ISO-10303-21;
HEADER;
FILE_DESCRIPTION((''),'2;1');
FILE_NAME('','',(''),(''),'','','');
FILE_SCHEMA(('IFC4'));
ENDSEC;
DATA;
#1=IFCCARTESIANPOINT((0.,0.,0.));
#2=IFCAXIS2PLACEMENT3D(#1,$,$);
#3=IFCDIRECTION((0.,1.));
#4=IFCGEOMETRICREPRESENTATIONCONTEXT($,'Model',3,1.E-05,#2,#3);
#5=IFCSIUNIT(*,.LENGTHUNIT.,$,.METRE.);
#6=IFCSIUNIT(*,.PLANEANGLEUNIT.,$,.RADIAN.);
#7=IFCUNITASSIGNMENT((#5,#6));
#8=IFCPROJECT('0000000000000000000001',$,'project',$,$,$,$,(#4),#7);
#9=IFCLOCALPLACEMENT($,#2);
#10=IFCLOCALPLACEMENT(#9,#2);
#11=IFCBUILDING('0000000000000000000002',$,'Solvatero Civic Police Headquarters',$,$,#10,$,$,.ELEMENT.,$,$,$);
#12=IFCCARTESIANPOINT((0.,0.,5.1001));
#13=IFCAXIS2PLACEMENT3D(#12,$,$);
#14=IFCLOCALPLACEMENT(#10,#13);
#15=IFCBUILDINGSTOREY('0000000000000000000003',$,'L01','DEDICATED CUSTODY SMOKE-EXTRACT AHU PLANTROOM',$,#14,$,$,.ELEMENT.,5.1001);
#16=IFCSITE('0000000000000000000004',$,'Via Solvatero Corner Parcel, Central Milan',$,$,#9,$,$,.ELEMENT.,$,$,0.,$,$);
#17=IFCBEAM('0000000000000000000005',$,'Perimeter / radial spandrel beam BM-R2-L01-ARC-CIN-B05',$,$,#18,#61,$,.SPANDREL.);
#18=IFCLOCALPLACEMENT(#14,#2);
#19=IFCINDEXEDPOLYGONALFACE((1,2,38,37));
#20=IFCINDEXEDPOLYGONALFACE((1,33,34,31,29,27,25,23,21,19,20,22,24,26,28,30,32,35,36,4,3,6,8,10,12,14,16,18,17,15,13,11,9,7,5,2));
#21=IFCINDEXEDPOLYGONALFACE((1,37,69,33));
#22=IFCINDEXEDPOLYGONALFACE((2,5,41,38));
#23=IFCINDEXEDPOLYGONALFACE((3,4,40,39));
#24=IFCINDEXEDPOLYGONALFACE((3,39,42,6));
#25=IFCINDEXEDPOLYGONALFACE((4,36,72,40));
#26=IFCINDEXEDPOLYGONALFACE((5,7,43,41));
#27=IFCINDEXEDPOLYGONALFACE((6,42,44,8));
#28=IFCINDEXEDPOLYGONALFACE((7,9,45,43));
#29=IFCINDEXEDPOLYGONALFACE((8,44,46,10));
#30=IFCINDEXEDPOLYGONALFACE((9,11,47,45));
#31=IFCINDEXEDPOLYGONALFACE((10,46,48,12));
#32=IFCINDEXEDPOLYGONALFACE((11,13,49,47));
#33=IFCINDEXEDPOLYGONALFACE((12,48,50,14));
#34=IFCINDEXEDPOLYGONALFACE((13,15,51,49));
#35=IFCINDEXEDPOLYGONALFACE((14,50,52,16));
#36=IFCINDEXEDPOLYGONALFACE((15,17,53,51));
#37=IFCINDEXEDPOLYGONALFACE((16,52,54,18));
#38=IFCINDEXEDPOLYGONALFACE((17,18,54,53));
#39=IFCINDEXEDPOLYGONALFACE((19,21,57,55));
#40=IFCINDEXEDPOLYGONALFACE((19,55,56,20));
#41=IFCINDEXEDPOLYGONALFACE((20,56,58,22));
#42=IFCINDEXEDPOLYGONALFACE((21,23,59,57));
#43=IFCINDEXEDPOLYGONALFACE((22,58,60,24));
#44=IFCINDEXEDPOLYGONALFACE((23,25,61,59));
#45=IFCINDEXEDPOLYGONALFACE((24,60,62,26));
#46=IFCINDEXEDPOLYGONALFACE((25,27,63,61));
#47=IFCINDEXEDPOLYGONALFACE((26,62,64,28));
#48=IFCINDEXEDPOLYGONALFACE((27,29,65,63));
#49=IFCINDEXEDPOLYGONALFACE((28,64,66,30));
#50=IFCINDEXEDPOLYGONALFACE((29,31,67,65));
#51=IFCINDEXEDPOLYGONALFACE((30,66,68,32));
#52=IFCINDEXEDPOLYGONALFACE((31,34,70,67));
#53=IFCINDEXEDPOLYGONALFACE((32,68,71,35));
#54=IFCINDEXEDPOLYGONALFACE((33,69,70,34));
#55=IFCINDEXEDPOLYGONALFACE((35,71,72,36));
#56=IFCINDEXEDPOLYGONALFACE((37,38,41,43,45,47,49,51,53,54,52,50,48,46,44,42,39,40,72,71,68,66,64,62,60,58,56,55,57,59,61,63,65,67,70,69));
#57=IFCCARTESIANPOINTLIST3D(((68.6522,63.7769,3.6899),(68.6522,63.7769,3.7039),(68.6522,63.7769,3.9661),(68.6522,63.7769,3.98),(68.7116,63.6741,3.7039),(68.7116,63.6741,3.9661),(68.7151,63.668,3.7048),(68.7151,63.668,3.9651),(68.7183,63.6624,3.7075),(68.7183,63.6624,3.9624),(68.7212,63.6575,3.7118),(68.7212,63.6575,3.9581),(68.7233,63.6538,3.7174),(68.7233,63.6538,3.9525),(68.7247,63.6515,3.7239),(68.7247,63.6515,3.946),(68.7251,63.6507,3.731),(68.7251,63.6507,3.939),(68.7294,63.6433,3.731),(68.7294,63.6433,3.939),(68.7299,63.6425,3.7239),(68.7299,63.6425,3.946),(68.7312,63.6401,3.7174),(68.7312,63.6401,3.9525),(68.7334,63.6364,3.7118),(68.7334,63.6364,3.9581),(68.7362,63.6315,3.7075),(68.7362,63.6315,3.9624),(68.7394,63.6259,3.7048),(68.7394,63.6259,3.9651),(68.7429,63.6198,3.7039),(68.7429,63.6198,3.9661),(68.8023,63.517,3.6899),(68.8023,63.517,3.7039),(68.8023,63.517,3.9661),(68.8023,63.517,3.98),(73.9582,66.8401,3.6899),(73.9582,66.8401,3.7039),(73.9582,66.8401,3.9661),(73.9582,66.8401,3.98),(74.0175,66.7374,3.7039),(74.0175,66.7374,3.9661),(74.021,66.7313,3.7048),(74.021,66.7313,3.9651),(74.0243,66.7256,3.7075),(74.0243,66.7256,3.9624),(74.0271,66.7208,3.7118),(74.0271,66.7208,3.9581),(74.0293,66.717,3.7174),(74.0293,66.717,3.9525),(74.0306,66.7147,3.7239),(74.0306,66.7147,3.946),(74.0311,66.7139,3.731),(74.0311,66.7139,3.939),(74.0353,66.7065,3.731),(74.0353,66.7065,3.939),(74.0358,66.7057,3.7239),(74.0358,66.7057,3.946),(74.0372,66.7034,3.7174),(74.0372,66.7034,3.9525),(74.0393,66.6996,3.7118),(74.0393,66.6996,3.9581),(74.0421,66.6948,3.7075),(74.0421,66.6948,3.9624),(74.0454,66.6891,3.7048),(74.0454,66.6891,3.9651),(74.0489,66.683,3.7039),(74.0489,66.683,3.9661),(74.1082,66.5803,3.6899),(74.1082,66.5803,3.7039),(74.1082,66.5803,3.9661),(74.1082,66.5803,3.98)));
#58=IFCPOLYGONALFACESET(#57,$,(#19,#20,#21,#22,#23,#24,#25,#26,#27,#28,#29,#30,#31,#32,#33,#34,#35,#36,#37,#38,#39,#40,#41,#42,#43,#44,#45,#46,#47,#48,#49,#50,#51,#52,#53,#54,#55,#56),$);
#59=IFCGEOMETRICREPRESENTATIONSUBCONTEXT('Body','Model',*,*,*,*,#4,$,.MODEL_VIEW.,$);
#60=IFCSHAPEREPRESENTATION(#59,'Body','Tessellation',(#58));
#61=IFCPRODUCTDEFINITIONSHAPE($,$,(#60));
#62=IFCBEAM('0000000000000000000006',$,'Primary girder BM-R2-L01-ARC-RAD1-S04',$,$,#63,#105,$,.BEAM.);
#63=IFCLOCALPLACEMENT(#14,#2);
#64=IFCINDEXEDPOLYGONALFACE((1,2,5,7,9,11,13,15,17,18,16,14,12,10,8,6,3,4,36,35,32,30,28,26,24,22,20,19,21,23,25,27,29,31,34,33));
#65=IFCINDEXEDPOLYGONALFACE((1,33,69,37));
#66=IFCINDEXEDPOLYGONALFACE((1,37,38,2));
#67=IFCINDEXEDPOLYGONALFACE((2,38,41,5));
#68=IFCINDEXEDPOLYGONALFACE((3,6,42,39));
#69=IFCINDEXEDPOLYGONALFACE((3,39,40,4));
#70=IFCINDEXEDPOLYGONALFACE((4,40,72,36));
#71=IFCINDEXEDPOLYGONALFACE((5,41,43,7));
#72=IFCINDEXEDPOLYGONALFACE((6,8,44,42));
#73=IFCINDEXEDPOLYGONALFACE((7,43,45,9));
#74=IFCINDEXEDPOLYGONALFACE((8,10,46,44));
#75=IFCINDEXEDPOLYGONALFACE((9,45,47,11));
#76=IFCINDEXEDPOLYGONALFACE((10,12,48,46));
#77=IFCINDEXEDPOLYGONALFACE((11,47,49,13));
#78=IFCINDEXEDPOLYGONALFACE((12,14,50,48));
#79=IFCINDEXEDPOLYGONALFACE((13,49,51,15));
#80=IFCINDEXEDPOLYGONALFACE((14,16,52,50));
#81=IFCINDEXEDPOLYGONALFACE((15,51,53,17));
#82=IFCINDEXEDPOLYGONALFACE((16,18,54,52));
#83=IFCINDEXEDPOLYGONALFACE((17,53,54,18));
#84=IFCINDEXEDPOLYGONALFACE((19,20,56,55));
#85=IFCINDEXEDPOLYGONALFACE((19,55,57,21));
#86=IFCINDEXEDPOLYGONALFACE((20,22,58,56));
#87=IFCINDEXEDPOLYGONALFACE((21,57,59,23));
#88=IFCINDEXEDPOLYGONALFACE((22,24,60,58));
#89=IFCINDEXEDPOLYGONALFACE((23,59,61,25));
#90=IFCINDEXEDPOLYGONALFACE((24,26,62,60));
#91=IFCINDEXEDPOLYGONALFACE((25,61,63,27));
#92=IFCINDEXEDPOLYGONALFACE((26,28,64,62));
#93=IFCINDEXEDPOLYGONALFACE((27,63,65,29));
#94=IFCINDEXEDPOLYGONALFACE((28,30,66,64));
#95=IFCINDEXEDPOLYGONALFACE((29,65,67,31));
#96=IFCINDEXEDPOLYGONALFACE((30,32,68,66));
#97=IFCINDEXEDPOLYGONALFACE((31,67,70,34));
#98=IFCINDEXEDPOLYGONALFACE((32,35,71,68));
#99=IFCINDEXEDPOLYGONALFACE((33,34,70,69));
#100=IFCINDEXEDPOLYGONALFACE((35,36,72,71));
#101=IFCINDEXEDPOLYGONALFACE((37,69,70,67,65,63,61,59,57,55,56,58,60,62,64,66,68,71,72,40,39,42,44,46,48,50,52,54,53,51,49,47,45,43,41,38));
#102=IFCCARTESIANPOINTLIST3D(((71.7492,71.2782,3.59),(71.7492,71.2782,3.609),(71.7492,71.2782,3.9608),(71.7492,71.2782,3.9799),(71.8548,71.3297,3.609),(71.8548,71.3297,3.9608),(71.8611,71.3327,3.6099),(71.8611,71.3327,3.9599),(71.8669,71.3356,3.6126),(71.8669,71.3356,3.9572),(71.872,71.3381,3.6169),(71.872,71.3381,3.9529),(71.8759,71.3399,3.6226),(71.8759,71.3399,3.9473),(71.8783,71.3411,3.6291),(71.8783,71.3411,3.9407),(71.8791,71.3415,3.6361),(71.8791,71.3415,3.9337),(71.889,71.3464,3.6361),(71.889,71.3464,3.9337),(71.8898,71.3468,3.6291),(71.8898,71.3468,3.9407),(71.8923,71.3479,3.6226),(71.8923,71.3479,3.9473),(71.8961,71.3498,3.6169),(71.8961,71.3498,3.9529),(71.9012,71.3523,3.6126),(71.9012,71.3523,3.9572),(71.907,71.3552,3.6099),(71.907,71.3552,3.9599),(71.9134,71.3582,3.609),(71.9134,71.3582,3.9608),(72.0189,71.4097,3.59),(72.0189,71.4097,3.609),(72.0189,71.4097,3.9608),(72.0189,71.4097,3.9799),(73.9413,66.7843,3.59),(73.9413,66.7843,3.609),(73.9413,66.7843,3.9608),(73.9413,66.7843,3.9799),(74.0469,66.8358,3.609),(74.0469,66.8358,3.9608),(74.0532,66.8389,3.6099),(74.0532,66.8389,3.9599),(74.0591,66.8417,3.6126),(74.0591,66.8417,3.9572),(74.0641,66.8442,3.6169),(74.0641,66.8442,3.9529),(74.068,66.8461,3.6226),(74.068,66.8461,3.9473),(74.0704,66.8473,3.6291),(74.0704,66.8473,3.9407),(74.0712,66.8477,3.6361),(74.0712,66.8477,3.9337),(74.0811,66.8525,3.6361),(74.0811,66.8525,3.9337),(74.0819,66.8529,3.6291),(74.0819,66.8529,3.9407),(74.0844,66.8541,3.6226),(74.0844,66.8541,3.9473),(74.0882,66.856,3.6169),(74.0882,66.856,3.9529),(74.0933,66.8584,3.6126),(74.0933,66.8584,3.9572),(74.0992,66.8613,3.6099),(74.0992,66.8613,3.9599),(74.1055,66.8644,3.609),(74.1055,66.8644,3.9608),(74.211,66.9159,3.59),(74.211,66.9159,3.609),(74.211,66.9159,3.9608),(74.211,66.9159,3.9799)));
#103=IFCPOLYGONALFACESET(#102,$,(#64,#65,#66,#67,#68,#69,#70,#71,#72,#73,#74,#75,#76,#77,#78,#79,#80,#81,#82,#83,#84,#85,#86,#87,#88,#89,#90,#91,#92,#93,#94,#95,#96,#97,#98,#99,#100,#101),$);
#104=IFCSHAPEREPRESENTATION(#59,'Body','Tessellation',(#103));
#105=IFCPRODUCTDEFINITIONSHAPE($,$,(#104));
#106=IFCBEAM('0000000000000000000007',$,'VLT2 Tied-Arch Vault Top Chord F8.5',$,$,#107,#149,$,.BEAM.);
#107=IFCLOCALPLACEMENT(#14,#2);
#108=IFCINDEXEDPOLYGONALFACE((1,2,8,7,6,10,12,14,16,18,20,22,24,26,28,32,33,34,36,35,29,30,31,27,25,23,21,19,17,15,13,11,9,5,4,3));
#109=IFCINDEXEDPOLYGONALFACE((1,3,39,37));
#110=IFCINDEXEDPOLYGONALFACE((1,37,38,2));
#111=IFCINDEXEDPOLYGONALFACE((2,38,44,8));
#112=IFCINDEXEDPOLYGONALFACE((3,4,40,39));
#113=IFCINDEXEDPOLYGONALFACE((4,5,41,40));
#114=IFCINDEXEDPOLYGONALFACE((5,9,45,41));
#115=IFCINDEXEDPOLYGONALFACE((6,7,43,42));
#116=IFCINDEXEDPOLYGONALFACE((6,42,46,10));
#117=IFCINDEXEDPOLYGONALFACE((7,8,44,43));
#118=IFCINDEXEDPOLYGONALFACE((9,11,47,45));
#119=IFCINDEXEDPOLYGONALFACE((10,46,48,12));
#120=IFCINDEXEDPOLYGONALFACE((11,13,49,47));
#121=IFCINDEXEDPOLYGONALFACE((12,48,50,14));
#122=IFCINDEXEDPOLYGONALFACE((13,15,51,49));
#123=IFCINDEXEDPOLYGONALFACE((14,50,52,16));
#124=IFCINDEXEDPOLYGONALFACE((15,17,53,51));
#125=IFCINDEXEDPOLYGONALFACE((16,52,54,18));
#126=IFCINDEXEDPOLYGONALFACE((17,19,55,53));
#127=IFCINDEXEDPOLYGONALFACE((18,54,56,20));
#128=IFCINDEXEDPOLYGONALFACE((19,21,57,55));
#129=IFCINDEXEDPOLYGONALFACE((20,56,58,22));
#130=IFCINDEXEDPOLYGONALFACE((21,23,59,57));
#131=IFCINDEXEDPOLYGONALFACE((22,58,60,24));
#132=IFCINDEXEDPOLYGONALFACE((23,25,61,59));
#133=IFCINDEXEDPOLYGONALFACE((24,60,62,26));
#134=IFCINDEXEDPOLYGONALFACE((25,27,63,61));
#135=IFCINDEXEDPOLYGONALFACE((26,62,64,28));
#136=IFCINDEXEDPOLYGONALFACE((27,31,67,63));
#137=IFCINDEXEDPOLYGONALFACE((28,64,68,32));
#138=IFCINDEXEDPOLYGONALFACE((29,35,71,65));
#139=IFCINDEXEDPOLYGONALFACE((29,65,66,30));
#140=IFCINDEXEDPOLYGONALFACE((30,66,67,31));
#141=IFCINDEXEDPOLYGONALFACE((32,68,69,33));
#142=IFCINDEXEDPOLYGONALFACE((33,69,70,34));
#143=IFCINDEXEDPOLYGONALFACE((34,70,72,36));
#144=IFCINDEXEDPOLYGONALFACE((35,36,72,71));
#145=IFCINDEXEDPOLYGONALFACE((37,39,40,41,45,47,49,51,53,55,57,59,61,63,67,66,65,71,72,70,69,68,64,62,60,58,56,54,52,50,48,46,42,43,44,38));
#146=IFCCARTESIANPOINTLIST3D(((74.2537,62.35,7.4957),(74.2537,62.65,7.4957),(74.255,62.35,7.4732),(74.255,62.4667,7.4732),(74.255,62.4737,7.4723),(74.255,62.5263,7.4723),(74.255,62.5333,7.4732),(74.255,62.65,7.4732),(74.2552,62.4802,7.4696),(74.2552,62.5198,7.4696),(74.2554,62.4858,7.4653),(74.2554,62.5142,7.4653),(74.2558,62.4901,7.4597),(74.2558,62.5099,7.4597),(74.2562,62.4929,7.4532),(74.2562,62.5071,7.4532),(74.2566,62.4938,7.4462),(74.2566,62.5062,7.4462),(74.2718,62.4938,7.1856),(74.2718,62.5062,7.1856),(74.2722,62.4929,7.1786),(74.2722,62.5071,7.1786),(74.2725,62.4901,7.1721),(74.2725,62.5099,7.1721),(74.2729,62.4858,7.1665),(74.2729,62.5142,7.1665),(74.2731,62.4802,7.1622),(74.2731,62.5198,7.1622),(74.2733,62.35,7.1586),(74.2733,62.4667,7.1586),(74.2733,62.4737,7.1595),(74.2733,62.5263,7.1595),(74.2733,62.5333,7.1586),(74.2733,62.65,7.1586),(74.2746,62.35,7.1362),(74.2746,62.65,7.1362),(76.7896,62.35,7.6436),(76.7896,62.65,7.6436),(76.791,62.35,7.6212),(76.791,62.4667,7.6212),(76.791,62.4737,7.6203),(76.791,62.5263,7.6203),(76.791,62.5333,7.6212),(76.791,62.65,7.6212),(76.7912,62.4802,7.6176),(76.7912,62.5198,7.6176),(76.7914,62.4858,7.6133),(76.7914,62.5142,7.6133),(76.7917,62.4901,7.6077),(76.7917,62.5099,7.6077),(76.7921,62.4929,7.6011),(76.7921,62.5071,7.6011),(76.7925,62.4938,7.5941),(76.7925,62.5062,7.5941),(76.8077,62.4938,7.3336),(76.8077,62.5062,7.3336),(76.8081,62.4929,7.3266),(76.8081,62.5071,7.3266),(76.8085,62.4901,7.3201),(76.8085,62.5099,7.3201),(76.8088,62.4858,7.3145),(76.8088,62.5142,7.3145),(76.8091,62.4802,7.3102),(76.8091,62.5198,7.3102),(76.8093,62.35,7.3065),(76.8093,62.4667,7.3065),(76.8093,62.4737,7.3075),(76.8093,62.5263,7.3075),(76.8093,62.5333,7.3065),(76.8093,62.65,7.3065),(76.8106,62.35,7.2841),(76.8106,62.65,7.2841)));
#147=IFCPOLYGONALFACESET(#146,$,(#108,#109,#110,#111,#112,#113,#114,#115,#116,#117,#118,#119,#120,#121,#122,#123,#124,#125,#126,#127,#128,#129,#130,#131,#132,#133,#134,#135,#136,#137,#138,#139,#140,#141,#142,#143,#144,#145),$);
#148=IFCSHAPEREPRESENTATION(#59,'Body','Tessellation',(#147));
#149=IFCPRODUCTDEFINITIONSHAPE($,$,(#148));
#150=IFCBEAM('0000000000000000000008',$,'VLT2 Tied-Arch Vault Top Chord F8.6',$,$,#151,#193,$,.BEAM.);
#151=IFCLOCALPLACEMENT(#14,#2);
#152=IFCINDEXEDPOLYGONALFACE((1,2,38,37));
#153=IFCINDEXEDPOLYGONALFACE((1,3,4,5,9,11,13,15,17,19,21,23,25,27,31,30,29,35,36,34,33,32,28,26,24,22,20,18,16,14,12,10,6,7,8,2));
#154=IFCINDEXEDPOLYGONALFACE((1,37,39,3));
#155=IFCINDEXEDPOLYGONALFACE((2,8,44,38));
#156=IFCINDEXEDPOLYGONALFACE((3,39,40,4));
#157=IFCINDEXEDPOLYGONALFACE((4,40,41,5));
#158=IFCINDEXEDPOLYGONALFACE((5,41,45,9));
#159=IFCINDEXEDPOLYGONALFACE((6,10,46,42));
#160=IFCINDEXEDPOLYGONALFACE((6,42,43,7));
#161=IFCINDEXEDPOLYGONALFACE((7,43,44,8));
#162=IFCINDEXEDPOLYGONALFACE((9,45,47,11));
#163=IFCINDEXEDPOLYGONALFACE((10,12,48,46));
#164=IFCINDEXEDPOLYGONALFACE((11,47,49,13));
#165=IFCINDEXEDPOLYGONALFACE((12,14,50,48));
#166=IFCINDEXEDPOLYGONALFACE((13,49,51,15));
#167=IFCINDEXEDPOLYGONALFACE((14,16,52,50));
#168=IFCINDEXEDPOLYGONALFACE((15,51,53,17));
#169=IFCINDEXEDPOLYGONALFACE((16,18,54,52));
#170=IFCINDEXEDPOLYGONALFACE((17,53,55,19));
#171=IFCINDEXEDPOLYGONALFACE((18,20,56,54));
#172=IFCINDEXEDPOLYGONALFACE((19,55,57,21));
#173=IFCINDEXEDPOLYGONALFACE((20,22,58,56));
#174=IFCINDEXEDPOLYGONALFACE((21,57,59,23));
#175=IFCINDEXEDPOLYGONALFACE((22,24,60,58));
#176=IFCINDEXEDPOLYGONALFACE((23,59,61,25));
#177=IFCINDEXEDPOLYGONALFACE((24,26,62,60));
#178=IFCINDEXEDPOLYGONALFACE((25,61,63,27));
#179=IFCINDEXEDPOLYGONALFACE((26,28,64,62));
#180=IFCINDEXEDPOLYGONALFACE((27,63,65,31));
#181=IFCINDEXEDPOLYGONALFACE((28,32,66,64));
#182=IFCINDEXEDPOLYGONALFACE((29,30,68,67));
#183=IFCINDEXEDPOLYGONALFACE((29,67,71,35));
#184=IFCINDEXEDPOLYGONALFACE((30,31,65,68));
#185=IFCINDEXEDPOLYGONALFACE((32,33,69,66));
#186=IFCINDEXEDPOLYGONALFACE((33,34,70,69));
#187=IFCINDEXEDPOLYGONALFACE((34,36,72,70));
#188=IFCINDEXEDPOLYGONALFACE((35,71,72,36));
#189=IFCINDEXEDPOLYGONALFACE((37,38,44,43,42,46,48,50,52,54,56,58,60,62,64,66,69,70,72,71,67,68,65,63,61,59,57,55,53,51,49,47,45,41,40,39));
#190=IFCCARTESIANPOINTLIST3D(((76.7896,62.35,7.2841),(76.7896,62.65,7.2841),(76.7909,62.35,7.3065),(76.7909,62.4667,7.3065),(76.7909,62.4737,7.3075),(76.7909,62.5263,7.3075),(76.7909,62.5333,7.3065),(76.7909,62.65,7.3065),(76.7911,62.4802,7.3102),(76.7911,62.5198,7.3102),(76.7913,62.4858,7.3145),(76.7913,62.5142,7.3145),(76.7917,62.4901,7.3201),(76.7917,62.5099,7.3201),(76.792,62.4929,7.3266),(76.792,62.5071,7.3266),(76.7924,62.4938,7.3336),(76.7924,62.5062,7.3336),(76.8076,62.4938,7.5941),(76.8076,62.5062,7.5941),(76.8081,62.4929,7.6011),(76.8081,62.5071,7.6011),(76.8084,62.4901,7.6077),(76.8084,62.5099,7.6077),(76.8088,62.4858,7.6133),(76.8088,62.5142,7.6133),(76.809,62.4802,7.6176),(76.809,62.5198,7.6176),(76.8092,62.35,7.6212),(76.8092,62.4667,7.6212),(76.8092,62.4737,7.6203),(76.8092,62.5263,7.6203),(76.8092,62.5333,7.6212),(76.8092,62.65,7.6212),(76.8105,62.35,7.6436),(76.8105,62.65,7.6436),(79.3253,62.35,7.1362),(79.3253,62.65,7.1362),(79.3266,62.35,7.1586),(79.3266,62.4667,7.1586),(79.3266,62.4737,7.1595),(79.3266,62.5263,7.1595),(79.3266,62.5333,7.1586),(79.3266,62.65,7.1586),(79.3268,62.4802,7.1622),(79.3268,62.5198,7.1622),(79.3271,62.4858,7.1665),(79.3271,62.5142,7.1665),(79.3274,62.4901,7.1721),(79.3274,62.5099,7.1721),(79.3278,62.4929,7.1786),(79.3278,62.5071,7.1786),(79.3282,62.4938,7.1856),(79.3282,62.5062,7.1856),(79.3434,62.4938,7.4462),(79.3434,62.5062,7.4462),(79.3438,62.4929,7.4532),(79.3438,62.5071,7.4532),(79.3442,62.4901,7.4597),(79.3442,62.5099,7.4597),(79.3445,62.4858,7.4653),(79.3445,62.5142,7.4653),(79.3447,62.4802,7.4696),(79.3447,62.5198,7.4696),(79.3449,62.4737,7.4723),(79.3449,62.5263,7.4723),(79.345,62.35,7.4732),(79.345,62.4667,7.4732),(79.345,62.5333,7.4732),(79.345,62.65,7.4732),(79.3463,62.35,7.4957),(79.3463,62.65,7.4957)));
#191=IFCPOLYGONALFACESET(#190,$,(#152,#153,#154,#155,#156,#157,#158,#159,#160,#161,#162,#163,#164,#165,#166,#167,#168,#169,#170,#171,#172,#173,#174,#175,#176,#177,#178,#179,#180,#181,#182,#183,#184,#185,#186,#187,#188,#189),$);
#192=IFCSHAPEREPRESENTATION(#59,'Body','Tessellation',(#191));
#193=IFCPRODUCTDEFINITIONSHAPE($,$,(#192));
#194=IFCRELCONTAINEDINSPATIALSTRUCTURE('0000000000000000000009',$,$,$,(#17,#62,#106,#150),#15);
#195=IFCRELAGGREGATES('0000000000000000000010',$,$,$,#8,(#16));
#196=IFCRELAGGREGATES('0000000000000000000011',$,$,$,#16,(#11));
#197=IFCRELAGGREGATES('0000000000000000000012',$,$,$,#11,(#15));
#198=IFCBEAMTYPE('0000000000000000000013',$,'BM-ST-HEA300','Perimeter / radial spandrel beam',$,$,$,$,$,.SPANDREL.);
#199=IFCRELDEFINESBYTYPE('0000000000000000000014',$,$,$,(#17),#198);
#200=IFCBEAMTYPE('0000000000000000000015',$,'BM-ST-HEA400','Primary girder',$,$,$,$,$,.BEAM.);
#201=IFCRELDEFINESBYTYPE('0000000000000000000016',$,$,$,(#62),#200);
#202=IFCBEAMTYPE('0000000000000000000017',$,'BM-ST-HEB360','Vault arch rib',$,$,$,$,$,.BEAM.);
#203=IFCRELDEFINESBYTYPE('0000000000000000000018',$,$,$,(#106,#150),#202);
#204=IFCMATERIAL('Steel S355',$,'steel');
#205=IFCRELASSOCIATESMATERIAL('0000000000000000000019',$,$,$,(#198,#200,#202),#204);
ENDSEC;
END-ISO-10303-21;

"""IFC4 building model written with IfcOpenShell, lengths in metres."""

from ifc_helpers import new_model, si_unit, direction, frame, origin, origin_2d, place, context, subcontext, project, spatial, i_section, extrude, material, material_profile, profile_set, type_object, element, save


model = new_model("IFC4")

# Units and contexts
model_context = context("Model", 3, precision=1e-05, world=origin(), true_north=direction((0.0, 1.0)))
body_context = subcontext(model_context, "Body", "Model", "MODEL_VIEW")
ifc_project = project(units=[si_unit("LENGTHUNIT", "METRE"), si_unit("PLANEANGLEUNIT", "RADIAN")], contexts=[model_context])

# Site, building, storey
site_placement = place(None, origin())
site = spatial("IfcSite", under=ifc_project, at=site_placement, Name="Via Solvatero Corner Parcel, Central Milan", CompositionType="ELEMENT", RefElevation=0.0)
building_placement = place(site_placement, origin())
building = spatial("IfcBuilding", under=site, at=building_placement, Name="Solvatero Civic Police Headquarters", CompositionType="ELEMENT")
storey_placement = place(building_placement, frame((0.0, 0.0, 5.1001)))
storey = spatial("IfcBuildingStorey", under=building, at=storey_placement, Name="L01", Description="DEDICATED CUSTODY SMOKE-EXTRACT AHU PLANTROOM", CompositionType="ELEMENT", Elevation=5.1001)

# Beams
ifc_material_1 = material(Name="Steel S355", Category="steel")
ifc_material_profile_1 = material_profile(ifc_material_1, i_section(OverallWidth=0.3, OverallDepth=0.29, WebThickness=0.0085, FlangeThickness=0.0139, FilletRadius=0.0271, at=origin_2d()), Name="HEA 300")
ifc_profile_set_1 = profile_set([ifc_material_profile_1], Name="Steel S355")
beam_type_1 = type_object("IfcBeamType", Name="BM-ST-HEA300", Description="Perimeter / radial spandrel beam", PredefinedType="SPANDREL", material=ifc_profile_set_1)
beam_1_placement = place(storey_placement, frame((74.0332, 66.7102, 3.835), z_axis=(-0.866035, -0.499983, 0.0), x_axis=(0.499983, -0.866035, 0.0)))
element("IfcBeam", 1, at=beam_1_placement, inside=storey, type_object=beam_type_1, Name="Perimeter / radial spandrel beam BM-R2-L01-ARC-CIN-B05", PredefinedType="SPANDREL", context=body_context, shape_type="SweptSolid", body=[
    extrude(i_section(OverallWidth=0.3, OverallDepth=0.29, WebThickness=0.0085, FlangeThickness=0.0139, FilletRadius=0.0271, at=origin_2d()), origin(), (0.0, 0.0, 1.0), 6.1267),
])
ifc_material_profile_2 = material_profile(ifc_material_1, i_section(OverallWidth=0.3, OverallDepth=0.3899, WebThickness=0.011, FlangeThickness=0.019, FilletRadius=0.0271, at=origin_2d()), Name="HEA 400")
ifc_profile_set_2 = profile_set([ifc_material_profile_2], Name="Steel S355")
beam_type_2 = type_object("IfcBeamType", Name="BM-ST-HEA400", Description="Primary girder", PredefinedType="BEAM", material=ifc_profile_set_2)
beam_2_placement = place(storey_placement, frame((74.0762, 66.8501, 3.7849), z_axis=(-0.438423, 0.898769, 0.0), x_axis=(-0.898769, -0.438423, 0.0)))
element("IfcBeam", 2, at=beam_2_placement, inside=storey, type_object=beam_type_2, Name="Primary girder BM-R2-L01-ARC-RAD1-S04", PredefinedType="BEAM", context=body_context, shape_type="SweptSolid", body=[
    extrude(i_section(OverallWidth=0.3, OverallDepth=0.3899, WebThickness=0.011, FlangeThickness=0.019, FilletRadius=0.0271, at=origin_2d()), origin(), (0.0, 0.0, 1.0), 5.0),
])
ifc_material_profile_3 = material_profile(ifc_material_1, i_section(OverallWidth=0.3, OverallDepth=0.3601, WebThickness=0.0125, FlangeThickness=0.0225, FilletRadius=0.0271, at=origin_2d()), Name="HEB 360")
ifc_profile_set_3 = profile_set([ifc_material_profile_3], Name="Steel S355")
beam_type_3 = type_object("IfcBeamType", Name="BM-ST-HEB360", Description="Vault arch rib", PredefinedType="BEAM", material=ifc_profile_set_3)
beam_3_placement = place(storey_placement, frame((74.2642, 62.5, 7.3159), z_axis=(0.998302, 0.0, 0.058243), x_axis=(0.0, 1.0, 0.0)))
element("IfcBeam", 3, at=beam_3_placement, inside=storey, type_object=beam_type_3, Name="VLT2 Tied-Arch Vault Top Chord F8.5", PredefinedType="BEAM", context=body_context, shape_type="SweptSolid", body=[
    extrude(i_section(OverallWidth=0.3, OverallDepth=0.3601, WebThickness=0.0125, FlangeThickness=0.0225, FilletRadius=0.0271, at=origin_2d()), origin(), (0.0, 0.0, 1.0), 2.5403),
])
beam_4_placement = place(storey_placement, frame((76.8, 62.5, 7.4639), z_axis=(0.998302, 0.0, -0.058249), x_axis=(0.0, 1.0, 0.0)))
element("IfcBeam", 4, at=beam_4_placement, inside=storey, type_object=beam_type_3, Name="VLT2 Tied-Arch Vault Top Chord F8.6", PredefinedType="BEAM", context=body_context, shape_type="SweptSolid", body=[
    extrude(i_section(OverallWidth=0.3, OverallDepth=0.3601, WebThickness=0.0125, FlangeThickness=0.0225, FilletRadius=0.0271, at=origin_2d()), origin(), (0.0, 0.0, 1.0), 2.54),
])

save(model, "model.ifc")
